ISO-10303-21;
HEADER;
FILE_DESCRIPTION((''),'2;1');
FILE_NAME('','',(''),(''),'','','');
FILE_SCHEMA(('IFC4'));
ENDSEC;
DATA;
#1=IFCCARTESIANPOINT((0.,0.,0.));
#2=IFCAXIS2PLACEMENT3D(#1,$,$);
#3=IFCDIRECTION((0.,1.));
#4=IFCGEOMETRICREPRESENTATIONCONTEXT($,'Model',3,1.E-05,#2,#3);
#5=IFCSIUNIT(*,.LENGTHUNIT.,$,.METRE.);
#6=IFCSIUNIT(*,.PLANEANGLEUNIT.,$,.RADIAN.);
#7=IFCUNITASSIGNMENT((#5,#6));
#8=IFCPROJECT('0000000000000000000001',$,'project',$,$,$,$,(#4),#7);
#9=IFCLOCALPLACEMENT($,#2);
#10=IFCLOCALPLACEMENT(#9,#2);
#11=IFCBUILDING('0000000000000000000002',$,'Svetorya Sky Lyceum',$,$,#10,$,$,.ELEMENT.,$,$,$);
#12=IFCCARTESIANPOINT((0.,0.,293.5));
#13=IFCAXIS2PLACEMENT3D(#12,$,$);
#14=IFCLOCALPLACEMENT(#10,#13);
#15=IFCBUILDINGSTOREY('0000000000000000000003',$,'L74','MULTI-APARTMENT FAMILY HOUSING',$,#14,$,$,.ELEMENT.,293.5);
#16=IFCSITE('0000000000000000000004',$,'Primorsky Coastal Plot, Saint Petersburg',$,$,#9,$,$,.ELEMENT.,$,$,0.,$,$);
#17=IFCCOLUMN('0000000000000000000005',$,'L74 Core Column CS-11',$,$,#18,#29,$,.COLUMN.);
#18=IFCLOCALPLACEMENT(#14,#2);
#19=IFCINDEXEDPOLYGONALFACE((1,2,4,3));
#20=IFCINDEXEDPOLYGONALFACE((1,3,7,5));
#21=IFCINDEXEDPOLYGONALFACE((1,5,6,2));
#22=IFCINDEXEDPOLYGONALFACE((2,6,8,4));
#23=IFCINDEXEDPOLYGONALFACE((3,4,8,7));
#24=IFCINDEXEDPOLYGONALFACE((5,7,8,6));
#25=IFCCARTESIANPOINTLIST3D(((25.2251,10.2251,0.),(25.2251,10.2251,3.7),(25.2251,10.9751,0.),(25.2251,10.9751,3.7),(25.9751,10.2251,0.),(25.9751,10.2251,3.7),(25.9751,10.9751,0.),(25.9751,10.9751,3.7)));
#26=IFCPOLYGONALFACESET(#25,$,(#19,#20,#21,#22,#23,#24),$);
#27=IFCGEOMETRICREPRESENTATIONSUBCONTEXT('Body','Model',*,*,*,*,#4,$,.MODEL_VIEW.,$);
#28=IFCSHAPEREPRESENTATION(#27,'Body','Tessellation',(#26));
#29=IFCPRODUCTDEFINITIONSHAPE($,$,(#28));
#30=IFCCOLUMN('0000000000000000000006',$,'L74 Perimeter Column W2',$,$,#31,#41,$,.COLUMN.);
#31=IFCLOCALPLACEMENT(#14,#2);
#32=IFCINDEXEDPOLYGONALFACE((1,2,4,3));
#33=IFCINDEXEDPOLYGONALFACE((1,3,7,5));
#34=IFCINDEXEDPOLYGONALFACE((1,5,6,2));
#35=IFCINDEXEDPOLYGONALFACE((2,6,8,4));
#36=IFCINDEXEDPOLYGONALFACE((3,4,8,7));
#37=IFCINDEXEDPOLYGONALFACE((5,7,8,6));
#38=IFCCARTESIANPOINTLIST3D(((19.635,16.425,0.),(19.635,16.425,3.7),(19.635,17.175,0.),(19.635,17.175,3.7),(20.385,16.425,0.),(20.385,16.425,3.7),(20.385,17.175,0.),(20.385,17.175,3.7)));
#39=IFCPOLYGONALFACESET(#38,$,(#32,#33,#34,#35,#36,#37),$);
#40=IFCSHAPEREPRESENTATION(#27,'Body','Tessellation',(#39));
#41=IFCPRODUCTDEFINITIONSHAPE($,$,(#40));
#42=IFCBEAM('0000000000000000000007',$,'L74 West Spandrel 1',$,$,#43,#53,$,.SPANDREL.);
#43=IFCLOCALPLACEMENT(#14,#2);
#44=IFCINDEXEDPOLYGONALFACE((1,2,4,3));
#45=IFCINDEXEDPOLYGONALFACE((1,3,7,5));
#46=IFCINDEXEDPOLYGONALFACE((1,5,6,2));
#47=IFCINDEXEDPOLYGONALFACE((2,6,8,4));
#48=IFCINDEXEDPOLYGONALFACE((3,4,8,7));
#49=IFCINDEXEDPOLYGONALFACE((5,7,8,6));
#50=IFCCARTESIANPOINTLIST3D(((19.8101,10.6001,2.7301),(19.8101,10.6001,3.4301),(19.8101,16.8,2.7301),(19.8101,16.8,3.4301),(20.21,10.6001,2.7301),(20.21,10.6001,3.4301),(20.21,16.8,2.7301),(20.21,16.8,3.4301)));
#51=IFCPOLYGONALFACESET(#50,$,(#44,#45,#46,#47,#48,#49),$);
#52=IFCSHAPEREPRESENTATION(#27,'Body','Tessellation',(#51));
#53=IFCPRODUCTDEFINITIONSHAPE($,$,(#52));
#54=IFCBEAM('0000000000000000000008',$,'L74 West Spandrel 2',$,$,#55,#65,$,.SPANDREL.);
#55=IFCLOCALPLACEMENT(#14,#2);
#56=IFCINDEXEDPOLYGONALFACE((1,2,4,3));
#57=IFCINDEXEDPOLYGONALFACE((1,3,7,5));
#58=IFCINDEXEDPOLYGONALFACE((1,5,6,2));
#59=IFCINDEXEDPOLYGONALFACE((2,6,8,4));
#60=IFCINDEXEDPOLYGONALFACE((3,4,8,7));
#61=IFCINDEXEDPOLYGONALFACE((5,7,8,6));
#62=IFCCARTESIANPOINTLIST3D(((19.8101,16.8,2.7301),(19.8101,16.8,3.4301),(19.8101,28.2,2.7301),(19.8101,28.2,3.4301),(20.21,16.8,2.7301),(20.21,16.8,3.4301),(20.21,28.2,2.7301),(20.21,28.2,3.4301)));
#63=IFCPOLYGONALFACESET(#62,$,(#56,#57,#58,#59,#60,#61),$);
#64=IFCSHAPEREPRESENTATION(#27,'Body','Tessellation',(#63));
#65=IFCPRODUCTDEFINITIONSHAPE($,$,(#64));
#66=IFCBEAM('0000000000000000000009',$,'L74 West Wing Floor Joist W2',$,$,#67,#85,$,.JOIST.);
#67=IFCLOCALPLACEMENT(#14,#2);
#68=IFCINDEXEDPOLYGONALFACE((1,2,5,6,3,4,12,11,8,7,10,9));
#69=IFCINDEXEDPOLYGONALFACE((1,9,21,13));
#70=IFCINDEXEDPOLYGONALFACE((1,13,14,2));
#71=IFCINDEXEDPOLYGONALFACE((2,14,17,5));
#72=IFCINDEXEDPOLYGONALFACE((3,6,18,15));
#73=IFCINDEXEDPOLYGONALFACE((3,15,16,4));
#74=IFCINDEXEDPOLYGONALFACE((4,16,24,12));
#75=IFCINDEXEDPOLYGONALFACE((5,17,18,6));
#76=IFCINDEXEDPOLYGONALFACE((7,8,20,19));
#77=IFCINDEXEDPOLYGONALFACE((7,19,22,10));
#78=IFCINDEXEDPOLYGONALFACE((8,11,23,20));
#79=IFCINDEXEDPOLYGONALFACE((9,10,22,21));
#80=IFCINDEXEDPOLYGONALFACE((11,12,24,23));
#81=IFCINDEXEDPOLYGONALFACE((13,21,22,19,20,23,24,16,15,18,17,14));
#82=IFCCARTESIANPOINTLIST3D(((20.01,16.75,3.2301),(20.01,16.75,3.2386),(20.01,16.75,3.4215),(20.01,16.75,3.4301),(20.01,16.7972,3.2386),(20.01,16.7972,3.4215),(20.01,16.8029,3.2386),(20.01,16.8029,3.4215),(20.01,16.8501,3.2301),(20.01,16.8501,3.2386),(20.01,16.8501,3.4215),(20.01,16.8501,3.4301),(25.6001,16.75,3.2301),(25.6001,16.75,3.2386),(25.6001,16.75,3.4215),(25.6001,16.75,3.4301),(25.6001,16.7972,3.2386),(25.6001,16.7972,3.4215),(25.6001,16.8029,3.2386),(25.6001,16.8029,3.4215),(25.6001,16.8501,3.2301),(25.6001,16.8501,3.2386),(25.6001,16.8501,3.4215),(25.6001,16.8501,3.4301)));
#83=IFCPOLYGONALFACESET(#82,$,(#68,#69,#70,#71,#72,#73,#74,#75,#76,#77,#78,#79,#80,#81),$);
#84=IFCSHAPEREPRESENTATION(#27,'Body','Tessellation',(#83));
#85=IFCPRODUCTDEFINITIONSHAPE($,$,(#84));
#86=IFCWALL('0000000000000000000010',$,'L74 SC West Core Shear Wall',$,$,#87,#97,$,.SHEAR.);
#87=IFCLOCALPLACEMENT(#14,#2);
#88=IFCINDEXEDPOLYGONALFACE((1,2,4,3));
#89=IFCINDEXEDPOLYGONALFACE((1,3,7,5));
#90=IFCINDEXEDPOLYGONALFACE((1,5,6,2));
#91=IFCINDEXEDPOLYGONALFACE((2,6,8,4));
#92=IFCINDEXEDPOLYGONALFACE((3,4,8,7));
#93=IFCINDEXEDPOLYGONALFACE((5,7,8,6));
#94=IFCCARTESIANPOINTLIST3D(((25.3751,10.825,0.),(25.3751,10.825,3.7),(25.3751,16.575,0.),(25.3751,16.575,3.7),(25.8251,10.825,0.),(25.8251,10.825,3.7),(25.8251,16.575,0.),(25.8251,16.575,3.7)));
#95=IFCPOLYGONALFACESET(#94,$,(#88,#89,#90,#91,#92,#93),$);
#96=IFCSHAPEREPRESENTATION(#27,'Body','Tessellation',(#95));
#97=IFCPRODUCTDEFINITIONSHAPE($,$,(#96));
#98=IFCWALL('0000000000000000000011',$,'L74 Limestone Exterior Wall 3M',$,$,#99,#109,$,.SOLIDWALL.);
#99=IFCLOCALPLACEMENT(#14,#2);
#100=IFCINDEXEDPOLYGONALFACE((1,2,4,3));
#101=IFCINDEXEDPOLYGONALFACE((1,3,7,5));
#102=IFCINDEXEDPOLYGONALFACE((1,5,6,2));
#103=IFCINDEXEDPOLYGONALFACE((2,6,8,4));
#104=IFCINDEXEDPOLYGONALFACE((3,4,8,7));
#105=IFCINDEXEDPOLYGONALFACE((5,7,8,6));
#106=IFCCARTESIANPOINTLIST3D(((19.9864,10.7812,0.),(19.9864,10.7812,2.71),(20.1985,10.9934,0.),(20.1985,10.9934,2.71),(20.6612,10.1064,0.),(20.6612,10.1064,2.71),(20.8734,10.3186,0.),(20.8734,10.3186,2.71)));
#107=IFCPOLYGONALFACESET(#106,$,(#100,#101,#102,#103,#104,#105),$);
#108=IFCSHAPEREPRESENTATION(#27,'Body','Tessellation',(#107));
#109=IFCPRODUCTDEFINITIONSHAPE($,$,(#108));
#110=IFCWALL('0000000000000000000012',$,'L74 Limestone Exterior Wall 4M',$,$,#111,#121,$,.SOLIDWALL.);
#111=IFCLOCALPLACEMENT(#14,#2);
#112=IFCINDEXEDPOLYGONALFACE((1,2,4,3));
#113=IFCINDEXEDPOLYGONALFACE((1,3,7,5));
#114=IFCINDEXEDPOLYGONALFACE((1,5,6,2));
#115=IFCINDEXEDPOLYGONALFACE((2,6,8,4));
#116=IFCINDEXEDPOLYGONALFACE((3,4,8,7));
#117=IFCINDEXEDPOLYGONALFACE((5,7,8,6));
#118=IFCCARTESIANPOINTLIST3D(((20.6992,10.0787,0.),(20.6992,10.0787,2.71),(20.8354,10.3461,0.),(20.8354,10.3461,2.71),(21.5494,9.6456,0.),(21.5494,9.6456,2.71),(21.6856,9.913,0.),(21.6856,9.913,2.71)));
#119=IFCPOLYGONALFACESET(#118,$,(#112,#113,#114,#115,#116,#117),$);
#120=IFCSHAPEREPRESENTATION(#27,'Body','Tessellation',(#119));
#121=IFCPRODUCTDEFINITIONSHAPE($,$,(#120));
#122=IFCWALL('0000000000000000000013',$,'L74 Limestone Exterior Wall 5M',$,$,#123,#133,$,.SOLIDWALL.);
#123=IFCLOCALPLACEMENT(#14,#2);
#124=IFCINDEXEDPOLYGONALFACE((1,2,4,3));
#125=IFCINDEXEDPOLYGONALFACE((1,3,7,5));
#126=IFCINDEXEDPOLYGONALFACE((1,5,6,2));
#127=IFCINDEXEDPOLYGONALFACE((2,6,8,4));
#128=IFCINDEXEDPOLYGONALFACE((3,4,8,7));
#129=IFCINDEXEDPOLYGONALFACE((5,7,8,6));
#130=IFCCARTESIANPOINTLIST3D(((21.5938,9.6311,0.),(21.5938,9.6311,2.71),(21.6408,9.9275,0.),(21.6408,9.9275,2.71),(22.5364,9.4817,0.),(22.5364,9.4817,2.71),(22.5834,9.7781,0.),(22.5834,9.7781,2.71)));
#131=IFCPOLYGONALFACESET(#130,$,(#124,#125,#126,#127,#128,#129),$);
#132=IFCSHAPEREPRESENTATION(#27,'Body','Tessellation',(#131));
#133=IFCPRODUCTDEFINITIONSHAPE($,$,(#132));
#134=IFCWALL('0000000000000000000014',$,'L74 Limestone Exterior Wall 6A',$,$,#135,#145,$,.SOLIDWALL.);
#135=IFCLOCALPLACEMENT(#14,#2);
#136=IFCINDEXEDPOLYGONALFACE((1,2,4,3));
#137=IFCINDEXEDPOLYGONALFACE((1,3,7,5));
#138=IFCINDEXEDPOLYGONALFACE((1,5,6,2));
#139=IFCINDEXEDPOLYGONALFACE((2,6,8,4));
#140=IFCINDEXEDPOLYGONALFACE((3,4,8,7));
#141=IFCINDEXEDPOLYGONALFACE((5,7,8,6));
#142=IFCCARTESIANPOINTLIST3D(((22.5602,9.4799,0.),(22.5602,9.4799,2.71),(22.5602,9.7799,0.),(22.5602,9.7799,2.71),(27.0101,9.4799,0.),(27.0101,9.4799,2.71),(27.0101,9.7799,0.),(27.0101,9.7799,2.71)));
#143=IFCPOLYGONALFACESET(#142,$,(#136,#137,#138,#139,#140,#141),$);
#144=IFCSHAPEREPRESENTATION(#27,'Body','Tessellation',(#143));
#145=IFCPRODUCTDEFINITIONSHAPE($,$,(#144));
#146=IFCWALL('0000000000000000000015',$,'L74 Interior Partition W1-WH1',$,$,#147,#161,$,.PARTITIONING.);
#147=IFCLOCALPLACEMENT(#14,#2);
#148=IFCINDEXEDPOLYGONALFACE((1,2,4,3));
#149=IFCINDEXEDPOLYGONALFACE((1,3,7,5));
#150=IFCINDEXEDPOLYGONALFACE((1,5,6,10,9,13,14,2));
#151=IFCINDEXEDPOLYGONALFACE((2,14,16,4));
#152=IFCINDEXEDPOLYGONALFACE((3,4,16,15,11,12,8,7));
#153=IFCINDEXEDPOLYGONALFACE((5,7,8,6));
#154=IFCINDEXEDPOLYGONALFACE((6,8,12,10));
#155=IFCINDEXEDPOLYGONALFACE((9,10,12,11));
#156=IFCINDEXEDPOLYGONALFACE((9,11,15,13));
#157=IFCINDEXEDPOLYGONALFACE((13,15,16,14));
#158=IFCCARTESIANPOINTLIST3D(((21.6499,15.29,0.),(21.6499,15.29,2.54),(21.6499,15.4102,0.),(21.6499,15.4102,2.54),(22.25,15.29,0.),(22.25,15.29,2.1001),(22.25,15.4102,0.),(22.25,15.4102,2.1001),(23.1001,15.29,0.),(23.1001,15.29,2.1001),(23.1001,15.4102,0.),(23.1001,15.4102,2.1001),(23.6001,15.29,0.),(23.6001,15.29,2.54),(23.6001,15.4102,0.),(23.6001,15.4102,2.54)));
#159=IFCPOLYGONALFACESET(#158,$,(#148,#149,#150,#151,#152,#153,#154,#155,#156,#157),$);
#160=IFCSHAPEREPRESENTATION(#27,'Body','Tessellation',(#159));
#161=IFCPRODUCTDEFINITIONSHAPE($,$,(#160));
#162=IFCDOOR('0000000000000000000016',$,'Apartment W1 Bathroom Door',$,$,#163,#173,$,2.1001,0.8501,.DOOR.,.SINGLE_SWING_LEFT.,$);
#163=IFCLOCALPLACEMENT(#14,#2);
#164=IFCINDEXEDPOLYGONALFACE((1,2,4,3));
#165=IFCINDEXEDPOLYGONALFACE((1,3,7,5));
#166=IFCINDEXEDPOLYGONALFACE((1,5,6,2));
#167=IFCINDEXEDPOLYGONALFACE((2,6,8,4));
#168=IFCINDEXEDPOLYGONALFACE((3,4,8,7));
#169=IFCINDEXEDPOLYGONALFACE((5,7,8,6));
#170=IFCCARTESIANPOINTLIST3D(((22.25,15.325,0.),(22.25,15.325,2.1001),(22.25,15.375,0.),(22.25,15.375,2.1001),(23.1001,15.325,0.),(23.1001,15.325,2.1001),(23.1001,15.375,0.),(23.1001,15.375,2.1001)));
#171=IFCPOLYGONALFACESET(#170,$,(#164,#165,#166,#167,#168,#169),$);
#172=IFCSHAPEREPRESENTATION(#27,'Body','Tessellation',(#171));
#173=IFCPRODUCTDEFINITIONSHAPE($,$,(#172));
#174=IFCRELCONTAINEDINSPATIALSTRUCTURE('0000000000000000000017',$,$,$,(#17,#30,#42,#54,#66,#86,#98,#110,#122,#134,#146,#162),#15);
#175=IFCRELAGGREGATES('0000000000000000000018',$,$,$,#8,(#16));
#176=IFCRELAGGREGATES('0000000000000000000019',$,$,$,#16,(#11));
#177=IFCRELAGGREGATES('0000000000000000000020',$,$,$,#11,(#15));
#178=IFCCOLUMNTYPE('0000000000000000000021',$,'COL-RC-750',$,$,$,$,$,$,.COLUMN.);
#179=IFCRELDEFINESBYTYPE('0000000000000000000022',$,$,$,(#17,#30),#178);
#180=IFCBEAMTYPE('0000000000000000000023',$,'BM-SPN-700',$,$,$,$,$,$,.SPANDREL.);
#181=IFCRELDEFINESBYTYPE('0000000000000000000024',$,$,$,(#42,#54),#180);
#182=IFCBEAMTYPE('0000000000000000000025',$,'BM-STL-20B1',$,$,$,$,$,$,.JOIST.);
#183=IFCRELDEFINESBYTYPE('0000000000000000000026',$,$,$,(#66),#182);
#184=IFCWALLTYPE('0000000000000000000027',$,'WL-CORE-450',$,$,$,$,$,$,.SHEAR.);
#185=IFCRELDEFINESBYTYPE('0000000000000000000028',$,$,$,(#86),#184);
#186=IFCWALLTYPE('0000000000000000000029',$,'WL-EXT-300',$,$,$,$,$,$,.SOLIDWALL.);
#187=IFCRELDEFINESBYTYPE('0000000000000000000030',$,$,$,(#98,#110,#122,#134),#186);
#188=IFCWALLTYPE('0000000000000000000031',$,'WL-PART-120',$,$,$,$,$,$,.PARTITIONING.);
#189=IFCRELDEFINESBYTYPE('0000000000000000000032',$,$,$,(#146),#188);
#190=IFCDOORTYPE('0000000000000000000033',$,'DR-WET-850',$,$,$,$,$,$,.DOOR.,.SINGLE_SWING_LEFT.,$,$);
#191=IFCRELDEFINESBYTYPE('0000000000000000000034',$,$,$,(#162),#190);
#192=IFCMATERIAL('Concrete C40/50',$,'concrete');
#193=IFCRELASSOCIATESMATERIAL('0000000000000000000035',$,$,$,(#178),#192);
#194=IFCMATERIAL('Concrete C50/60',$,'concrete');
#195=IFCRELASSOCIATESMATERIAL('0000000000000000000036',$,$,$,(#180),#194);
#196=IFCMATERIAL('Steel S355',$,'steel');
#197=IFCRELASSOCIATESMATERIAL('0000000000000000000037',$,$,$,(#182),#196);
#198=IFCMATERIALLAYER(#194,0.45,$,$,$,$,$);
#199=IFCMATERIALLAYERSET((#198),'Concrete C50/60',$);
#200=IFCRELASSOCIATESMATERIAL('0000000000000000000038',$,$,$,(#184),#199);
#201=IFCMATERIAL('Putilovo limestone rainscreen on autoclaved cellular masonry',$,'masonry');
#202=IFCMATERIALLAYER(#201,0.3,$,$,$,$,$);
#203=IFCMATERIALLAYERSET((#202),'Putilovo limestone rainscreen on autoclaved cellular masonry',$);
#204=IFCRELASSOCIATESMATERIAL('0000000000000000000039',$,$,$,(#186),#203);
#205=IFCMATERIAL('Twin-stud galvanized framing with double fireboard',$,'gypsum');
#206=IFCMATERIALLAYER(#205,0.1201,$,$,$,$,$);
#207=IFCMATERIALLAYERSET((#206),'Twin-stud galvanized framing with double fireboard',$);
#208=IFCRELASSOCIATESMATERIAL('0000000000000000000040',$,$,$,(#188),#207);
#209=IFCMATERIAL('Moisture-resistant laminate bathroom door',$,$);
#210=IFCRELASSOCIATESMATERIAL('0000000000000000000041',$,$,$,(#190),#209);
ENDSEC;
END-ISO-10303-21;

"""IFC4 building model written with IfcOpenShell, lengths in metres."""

from ifc_helpers import new_model, si_unit, direction, frame, frame_2d, origin, origin_2d, place, context, subcontext, project, spatial, rectangle, i_section, extrude, material, layer, layer_set, material_profile, profile_set, type_object, element, fill, save


model = new_model("IFC4")

# Units and contexts
model_context = context("Model", 3, precision=1e-05, world=origin(), true_north=direction((0.0, 1.0)))
body_context = subcontext(model_context, "Body", "Model", "MODEL_VIEW")
ifc_project = project(units=[si_unit("LENGTHUNIT", "METRE"), si_unit("PLANEANGLEUNIT", "RADIAN")], contexts=[model_context])

# Site, building, storey
site_placement = place(None, origin())
site = spatial("IfcSite", under=ifc_project, at=site_placement, Name="Primorsky Coastal Plot, Saint Petersburg", CompositionType="ELEMENT", RefElevation=0.0)
building_placement = place(site_placement, origin())
building = spatial("IfcBuilding", under=site, at=building_placement, Name="Svetorya Sky Lyceum", CompositionType="ELEMENT")
storey_placement = place(building_placement, frame((0.0, 0.0, 293.5)))
storey = spatial("IfcBuildingStorey", under=building, at=storey_placement, Name="L74", Description="MULTI-APARTMENT FAMILY HOUSING", CompositionType="ELEMENT", Elevation=293.5)

# Columns
ifc_material_1 = material(Name="Concrete C40/50", Category="concrete")
ifc_material_profile_1 = material_profile(ifc_material_1, rectangle(XDim=0.75, YDim=0.75, at=origin_2d()), Name="RC COL 750x750")
ifc_profile_set_1 = profile_set([ifc_material_profile_1], Name="Concrete C40/50")
column_type = type_object("IfcColumnType", Name="COL-RC-750", PredefinedType="COLUMN", material=ifc_profile_set_1)
for number, where, z_axis, x_axis, name in (
    (1, (25.6001, 10.6001, 0.0), (0.0, 0.0, 1.0), (1.0, 0.0, 0.0), "L74 Core Column CS-11"),
    (2, (20.01, 16.8, 0.0), (0.0, 0.0, 1.0), (1.0, 0.0, 0.0), "L74 Perimeter Column W2"),
):
    element("IfcColumn", number, at=place(storey_placement, frame(where, z_axis=z_axis, x_axis=x_axis)), inside=storey, type_object=column_type, Name=name, PredefinedType="COLUMN", context=body_context, shape_type="SweptSolid", body=[
        extrude(rectangle(XDim=0.75, YDim=0.75, at=origin_2d()), origin(), (0.0, 0.0, 1.0), 3.7),
    ])

# Beams
ifc_material_2 = material(Name="Concrete C50/60", Category="concrete")
ifc_material_profile_2 = material_profile(ifc_material_2, rectangle(XDim=0.3999, YDim=0.7, at=origin_2d()), Name="RC SPANDREL 400x700")
ifc_profile_set_2 = profile_set([ifc_material_profile_2], Name="Concrete C50/60")
beam_type_1 = type_object("IfcBeamType", Name="BM-SPN-700", PredefinedType="SPANDREL", material=ifc_profile_set_2)
beam_1_placement = place(storey_placement, frame((20.01, 10.6001, 3.0801), z_axis=(0.0, 1.0, 0.0), x_axis=(-1.0, 0.0, 0.0)))
element("IfcBeam", 3, at=beam_1_placement, inside=storey, type_object=beam_type_1, Name="L74 West Spandrel 1", PredefinedType="SPANDREL", context=body_context, shape_type="SweptSolid", body=[
    extrude(rectangle(XDim=0.3999, YDim=0.7, at=origin_2d()), origin(), (0.0, 0.0, 1.0), 6.2),
])
beam_2_placement = place(storey_placement, frame((20.01, 16.8, 3.0801), z_axis=(0.0, 1.0, 0.0), x_axis=(-1.0, 0.0, 0.0)))
element("IfcBeam", 4, at=beam_2_placement, inside=storey, type_object=beam_type_1, Name="L74 West Spandrel 2", PredefinedType="SPANDREL", context=body_context, shape_type="SweptSolid", body=[
    extrude(rectangle(XDim=0.3999, YDim=0.7, at=origin_2d()), origin(), (0.0, 0.0, 1.0), 11.3999),
])
ifc_material_3 = material(Name="Steel S355", Category="steel")
ifc_material_profile_3 = material_profile(ifc_material_3, i_section(OverallWidth=0.1001, OverallDepth=0.2, WebThickness=0.0056, FlangeThickness=0.0085, at=origin_2d()), Name="GOST 20B1")
ifc_profile_set_3 = profile_set([ifc_material_profile_3], Name="Steel S355")
beam_type_2 = type_object("IfcBeamType", Name="BM-STL-20B1", PredefinedType="JOIST", material=ifc_profile_set_3)
beam_3_placement = place(storey_placement, frame((20.01, 16.8, 3.3301), z_axis=(1.0, 0.0, 0.0), x_axis=(0.0, 1.0, 0.0)))
element("IfcBeam", 5, at=beam_3_placement, inside=storey, type_object=beam_type_2, Name="L74 West Wing Floor Joist W2", PredefinedType="JOIST", context=body_context, shape_type="SweptSolid", body=[
    extrude(i_section(OverallWidth=0.1001, OverallDepth=0.2, WebThickness=0.0056, FlangeThickness=0.0085, at=origin_2d()), origin(), (0.0, 0.0, 1.0), 5.5901),
])

# Walls
ifc_layer_1 = layer(ifc_material_2, 0.45)
ifc_layer_set_1 = layer_set([ifc_layer_1], Name="Concrete C50/60")
wall_type_1 = type_object("IfcWallType", Name="WL-CORE-450", PredefinedType="SHEAR", material=ifc_layer_set_1)
wall_1_placement = place(storey_placement, frame((25.6001, 10.825, 0.0), z_axis=(0.0, 0.0, 1.0), x_axis=(0.0, 1.0, 0.0)))
element("IfcWall", 6, at=wall_1_placement, inside=storey, type_object=wall_type_1, Name="L74 SC West Core Shear Wall", PredefinedType="SHEAR", context=body_context, shape_type="SweptSolid", body=[
    extrude(rectangle(XDim=5.75, YDim=0.45, at=frame_2d((2.875, 0.0))), origin(), (0.0, 0.0, 1.0), 3.7),
])
ifc_material_4 = material(Name="Putilovo limestone rainscreen on autoclaved cellular masonry", Category="masonry")
ifc_layer_2 = layer(ifc_material_4, 0.3)
ifc_layer_set_2 = layer_set([ifc_layer_2], Name="Putilovo limestone rainscreen on autoclaved cellular masonry")
wall_type_2 = type_object("IfcWallType", Name="WL-EXT-300", PredefinedType="SOLIDWALL", material=ifc_layer_set_2)
wall_2_placement = place(storey_placement, frame((20.0925, 10.8872, 0.0), z_axis=(0.0, 0.0, 1.0), x_axis=(0.707107, -0.707107, 0.0)))
element("IfcWall", 7, at=wall_2_placement, inside=storey, type_object=wall_type_2, Name="L74 Limestone Exterior Wall 3M", PredefinedType="SOLIDWALL", context=body_context, shape_type="SweptSolid", body=[
    extrude(rectangle(XDim=0.9543, YDim=0.3, at=frame_2d((0.4771, 0.0))), origin(), (0.0, 0.0, 1.0), 2.71),
])
wall_3_placement = place(storey_placement, frame((20.7673, 10.2124, 0.0), z_axis=(0.0, 0.0, 1.0), x_axis=(0.891024, -0.453956, 0.0)))
element("IfcWall", 8, at=wall_3_placement, inside=storey, type_object=wall_type_2, Name="L74 Limestone Exterior Wall 4M", PredefinedType="SOLIDWALL", context=body_context, shape_type="SweptSolid", body=[
    extrude(rectangle(XDim=0.9541, YDim=0.3, at=frame_2d((0.4771, 0.0))), origin(), (0.0, 0.0, 1.0), 2.71),
])
wall_4_placement = place(storey_placement, frame((21.6174, 9.7793, 0.0), z_axis=(0.0, 0.0, 1.0), x_axis=(0.987669, -0.156554, 0.0)))
element("IfcWall", 9, at=wall_4_placement, inside=storey, type_object=wall_type_2, Name="L74 Limestone Exterior Wall 5M", PredefinedType="SOLIDWALL", context=body_context, shape_type="SweptSolid", body=[
    extrude(rectangle(XDim=0.9543, YDim=0.3, at=frame_2d((0.4771, 0.0))), origin(), (0.0, 0.0, 1.0), 2.71),
])
wall_5_placement = place(storey_placement, frame((22.5601, 9.6299, 0.0), z_axis=(0.0, 0.0, 1.0), x_axis=(1.0, 0.0, 0.0)))
element("IfcWall", 10, at=wall_5_placement, inside=storey, type_object=wall_type_2, Name="L74 Limestone Exterior Wall 6A", PredefinedType="SOLIDWALL", context=body_context, shape_type="SweptSolid", body=[
    extrude(rectangle(XDim=4.45, YDim=0.3, at=frame_2d((2.2251, 0.0))), origin(), (0.0, 0.0, 1.0), 2.71),
])

# Wall, opening, door
ifc_material_5 = material(Name="Twin-stud galvanized framing with double fireboard", Category="gypsum")
ifc_layer_3 = layer(ifc_material_5, 0.1201)
ifc_layer_set_3 = layer_set([ifc_layer_3], Name="Twin-stud galvanized framing with double fireboard")
wall_type_3 = type_object("IfcWallType", Name="WL-PART-120", PredefinedType="PARTITIONING", material=ifc_layer_set_3)
wall_6_placement = place(storey_placement, frame((21.6499, 15.3501, 0.0), z_axis=(0.0, 0.0, 1.0), x_axis=(1.0, 0.0, 0.0)))
wall_6 = element("IfcWall", 11, at=wall_6_placement, inside=storey, type_object=wall_type_3, Name="L74 Interior Partition W1-WH1", PredefinedType="PARTITIONING", context=body_context, shape_type="SweptSolid", body=[
    extrude(rectangle(XDim=1.9502, YDim=0.1201, at=frame_2d((0.9751, 0.0))), origin(), (0.0, 0.0, 1.0), 2.54),
])
opening_1_placement = place(wall_6_placement, frame((0.6001, 0.0, 0.0)))
opening_1 = element("IfcOpeningElement", 12, at=opening_1_placement, cuts=wall_6, PredefinedType="OPENING", context=body_context, shape_type="SweptSolid", body=[
    extrude(rectangle(XDim=0.8501, YDim=2.1001, at=frame_2d((0.425, 1.05))), frame((0.0, 0.0701, 0.0), z_axis=(0.0, -1.0, 0.0), x_axis=(1.0, 0.0, 0.0)), (0.0, 0.0, 1.0), 0.1401),
])
ifc_material_6 = material(Name="Moisture-resistant laminate bathroom door")
door_type_1 = type_object("IfcDoorType", Name="DR-WET-850", OperationType="SINGLE_SWING_LEFT", PredefinedType="DOOR", material=ifc_material_6)
door_1_placement = place(opening_1_placement, origin())
door_1 = element("IfcDoor", 13, at=door_1_placement, inside=storey, type_object=door_type_1, Name="Apartment W1 Bathroom Door", OperationType="SINGLE_SWING_LEFT", OverallHeight=2.1001, OverallWidth=0.8501, PredefinedType="DOOR", context=body_context, shape_type="SweptSolid", body=[
    extrude(rectangle(XDim=0.8501, YDim=2.1001, at=frame_2d((0.425, 1.05))), frame((0.0, 0.0249, 0.0), z_axis=(0.0, -1.0, 0.0), x_axis=(1.0, 0.0, 0.0)), (0.0, 0.0, 1.0), 0.05),
])
fill(opening_1, door_1)

save(model, "model.ifc")
